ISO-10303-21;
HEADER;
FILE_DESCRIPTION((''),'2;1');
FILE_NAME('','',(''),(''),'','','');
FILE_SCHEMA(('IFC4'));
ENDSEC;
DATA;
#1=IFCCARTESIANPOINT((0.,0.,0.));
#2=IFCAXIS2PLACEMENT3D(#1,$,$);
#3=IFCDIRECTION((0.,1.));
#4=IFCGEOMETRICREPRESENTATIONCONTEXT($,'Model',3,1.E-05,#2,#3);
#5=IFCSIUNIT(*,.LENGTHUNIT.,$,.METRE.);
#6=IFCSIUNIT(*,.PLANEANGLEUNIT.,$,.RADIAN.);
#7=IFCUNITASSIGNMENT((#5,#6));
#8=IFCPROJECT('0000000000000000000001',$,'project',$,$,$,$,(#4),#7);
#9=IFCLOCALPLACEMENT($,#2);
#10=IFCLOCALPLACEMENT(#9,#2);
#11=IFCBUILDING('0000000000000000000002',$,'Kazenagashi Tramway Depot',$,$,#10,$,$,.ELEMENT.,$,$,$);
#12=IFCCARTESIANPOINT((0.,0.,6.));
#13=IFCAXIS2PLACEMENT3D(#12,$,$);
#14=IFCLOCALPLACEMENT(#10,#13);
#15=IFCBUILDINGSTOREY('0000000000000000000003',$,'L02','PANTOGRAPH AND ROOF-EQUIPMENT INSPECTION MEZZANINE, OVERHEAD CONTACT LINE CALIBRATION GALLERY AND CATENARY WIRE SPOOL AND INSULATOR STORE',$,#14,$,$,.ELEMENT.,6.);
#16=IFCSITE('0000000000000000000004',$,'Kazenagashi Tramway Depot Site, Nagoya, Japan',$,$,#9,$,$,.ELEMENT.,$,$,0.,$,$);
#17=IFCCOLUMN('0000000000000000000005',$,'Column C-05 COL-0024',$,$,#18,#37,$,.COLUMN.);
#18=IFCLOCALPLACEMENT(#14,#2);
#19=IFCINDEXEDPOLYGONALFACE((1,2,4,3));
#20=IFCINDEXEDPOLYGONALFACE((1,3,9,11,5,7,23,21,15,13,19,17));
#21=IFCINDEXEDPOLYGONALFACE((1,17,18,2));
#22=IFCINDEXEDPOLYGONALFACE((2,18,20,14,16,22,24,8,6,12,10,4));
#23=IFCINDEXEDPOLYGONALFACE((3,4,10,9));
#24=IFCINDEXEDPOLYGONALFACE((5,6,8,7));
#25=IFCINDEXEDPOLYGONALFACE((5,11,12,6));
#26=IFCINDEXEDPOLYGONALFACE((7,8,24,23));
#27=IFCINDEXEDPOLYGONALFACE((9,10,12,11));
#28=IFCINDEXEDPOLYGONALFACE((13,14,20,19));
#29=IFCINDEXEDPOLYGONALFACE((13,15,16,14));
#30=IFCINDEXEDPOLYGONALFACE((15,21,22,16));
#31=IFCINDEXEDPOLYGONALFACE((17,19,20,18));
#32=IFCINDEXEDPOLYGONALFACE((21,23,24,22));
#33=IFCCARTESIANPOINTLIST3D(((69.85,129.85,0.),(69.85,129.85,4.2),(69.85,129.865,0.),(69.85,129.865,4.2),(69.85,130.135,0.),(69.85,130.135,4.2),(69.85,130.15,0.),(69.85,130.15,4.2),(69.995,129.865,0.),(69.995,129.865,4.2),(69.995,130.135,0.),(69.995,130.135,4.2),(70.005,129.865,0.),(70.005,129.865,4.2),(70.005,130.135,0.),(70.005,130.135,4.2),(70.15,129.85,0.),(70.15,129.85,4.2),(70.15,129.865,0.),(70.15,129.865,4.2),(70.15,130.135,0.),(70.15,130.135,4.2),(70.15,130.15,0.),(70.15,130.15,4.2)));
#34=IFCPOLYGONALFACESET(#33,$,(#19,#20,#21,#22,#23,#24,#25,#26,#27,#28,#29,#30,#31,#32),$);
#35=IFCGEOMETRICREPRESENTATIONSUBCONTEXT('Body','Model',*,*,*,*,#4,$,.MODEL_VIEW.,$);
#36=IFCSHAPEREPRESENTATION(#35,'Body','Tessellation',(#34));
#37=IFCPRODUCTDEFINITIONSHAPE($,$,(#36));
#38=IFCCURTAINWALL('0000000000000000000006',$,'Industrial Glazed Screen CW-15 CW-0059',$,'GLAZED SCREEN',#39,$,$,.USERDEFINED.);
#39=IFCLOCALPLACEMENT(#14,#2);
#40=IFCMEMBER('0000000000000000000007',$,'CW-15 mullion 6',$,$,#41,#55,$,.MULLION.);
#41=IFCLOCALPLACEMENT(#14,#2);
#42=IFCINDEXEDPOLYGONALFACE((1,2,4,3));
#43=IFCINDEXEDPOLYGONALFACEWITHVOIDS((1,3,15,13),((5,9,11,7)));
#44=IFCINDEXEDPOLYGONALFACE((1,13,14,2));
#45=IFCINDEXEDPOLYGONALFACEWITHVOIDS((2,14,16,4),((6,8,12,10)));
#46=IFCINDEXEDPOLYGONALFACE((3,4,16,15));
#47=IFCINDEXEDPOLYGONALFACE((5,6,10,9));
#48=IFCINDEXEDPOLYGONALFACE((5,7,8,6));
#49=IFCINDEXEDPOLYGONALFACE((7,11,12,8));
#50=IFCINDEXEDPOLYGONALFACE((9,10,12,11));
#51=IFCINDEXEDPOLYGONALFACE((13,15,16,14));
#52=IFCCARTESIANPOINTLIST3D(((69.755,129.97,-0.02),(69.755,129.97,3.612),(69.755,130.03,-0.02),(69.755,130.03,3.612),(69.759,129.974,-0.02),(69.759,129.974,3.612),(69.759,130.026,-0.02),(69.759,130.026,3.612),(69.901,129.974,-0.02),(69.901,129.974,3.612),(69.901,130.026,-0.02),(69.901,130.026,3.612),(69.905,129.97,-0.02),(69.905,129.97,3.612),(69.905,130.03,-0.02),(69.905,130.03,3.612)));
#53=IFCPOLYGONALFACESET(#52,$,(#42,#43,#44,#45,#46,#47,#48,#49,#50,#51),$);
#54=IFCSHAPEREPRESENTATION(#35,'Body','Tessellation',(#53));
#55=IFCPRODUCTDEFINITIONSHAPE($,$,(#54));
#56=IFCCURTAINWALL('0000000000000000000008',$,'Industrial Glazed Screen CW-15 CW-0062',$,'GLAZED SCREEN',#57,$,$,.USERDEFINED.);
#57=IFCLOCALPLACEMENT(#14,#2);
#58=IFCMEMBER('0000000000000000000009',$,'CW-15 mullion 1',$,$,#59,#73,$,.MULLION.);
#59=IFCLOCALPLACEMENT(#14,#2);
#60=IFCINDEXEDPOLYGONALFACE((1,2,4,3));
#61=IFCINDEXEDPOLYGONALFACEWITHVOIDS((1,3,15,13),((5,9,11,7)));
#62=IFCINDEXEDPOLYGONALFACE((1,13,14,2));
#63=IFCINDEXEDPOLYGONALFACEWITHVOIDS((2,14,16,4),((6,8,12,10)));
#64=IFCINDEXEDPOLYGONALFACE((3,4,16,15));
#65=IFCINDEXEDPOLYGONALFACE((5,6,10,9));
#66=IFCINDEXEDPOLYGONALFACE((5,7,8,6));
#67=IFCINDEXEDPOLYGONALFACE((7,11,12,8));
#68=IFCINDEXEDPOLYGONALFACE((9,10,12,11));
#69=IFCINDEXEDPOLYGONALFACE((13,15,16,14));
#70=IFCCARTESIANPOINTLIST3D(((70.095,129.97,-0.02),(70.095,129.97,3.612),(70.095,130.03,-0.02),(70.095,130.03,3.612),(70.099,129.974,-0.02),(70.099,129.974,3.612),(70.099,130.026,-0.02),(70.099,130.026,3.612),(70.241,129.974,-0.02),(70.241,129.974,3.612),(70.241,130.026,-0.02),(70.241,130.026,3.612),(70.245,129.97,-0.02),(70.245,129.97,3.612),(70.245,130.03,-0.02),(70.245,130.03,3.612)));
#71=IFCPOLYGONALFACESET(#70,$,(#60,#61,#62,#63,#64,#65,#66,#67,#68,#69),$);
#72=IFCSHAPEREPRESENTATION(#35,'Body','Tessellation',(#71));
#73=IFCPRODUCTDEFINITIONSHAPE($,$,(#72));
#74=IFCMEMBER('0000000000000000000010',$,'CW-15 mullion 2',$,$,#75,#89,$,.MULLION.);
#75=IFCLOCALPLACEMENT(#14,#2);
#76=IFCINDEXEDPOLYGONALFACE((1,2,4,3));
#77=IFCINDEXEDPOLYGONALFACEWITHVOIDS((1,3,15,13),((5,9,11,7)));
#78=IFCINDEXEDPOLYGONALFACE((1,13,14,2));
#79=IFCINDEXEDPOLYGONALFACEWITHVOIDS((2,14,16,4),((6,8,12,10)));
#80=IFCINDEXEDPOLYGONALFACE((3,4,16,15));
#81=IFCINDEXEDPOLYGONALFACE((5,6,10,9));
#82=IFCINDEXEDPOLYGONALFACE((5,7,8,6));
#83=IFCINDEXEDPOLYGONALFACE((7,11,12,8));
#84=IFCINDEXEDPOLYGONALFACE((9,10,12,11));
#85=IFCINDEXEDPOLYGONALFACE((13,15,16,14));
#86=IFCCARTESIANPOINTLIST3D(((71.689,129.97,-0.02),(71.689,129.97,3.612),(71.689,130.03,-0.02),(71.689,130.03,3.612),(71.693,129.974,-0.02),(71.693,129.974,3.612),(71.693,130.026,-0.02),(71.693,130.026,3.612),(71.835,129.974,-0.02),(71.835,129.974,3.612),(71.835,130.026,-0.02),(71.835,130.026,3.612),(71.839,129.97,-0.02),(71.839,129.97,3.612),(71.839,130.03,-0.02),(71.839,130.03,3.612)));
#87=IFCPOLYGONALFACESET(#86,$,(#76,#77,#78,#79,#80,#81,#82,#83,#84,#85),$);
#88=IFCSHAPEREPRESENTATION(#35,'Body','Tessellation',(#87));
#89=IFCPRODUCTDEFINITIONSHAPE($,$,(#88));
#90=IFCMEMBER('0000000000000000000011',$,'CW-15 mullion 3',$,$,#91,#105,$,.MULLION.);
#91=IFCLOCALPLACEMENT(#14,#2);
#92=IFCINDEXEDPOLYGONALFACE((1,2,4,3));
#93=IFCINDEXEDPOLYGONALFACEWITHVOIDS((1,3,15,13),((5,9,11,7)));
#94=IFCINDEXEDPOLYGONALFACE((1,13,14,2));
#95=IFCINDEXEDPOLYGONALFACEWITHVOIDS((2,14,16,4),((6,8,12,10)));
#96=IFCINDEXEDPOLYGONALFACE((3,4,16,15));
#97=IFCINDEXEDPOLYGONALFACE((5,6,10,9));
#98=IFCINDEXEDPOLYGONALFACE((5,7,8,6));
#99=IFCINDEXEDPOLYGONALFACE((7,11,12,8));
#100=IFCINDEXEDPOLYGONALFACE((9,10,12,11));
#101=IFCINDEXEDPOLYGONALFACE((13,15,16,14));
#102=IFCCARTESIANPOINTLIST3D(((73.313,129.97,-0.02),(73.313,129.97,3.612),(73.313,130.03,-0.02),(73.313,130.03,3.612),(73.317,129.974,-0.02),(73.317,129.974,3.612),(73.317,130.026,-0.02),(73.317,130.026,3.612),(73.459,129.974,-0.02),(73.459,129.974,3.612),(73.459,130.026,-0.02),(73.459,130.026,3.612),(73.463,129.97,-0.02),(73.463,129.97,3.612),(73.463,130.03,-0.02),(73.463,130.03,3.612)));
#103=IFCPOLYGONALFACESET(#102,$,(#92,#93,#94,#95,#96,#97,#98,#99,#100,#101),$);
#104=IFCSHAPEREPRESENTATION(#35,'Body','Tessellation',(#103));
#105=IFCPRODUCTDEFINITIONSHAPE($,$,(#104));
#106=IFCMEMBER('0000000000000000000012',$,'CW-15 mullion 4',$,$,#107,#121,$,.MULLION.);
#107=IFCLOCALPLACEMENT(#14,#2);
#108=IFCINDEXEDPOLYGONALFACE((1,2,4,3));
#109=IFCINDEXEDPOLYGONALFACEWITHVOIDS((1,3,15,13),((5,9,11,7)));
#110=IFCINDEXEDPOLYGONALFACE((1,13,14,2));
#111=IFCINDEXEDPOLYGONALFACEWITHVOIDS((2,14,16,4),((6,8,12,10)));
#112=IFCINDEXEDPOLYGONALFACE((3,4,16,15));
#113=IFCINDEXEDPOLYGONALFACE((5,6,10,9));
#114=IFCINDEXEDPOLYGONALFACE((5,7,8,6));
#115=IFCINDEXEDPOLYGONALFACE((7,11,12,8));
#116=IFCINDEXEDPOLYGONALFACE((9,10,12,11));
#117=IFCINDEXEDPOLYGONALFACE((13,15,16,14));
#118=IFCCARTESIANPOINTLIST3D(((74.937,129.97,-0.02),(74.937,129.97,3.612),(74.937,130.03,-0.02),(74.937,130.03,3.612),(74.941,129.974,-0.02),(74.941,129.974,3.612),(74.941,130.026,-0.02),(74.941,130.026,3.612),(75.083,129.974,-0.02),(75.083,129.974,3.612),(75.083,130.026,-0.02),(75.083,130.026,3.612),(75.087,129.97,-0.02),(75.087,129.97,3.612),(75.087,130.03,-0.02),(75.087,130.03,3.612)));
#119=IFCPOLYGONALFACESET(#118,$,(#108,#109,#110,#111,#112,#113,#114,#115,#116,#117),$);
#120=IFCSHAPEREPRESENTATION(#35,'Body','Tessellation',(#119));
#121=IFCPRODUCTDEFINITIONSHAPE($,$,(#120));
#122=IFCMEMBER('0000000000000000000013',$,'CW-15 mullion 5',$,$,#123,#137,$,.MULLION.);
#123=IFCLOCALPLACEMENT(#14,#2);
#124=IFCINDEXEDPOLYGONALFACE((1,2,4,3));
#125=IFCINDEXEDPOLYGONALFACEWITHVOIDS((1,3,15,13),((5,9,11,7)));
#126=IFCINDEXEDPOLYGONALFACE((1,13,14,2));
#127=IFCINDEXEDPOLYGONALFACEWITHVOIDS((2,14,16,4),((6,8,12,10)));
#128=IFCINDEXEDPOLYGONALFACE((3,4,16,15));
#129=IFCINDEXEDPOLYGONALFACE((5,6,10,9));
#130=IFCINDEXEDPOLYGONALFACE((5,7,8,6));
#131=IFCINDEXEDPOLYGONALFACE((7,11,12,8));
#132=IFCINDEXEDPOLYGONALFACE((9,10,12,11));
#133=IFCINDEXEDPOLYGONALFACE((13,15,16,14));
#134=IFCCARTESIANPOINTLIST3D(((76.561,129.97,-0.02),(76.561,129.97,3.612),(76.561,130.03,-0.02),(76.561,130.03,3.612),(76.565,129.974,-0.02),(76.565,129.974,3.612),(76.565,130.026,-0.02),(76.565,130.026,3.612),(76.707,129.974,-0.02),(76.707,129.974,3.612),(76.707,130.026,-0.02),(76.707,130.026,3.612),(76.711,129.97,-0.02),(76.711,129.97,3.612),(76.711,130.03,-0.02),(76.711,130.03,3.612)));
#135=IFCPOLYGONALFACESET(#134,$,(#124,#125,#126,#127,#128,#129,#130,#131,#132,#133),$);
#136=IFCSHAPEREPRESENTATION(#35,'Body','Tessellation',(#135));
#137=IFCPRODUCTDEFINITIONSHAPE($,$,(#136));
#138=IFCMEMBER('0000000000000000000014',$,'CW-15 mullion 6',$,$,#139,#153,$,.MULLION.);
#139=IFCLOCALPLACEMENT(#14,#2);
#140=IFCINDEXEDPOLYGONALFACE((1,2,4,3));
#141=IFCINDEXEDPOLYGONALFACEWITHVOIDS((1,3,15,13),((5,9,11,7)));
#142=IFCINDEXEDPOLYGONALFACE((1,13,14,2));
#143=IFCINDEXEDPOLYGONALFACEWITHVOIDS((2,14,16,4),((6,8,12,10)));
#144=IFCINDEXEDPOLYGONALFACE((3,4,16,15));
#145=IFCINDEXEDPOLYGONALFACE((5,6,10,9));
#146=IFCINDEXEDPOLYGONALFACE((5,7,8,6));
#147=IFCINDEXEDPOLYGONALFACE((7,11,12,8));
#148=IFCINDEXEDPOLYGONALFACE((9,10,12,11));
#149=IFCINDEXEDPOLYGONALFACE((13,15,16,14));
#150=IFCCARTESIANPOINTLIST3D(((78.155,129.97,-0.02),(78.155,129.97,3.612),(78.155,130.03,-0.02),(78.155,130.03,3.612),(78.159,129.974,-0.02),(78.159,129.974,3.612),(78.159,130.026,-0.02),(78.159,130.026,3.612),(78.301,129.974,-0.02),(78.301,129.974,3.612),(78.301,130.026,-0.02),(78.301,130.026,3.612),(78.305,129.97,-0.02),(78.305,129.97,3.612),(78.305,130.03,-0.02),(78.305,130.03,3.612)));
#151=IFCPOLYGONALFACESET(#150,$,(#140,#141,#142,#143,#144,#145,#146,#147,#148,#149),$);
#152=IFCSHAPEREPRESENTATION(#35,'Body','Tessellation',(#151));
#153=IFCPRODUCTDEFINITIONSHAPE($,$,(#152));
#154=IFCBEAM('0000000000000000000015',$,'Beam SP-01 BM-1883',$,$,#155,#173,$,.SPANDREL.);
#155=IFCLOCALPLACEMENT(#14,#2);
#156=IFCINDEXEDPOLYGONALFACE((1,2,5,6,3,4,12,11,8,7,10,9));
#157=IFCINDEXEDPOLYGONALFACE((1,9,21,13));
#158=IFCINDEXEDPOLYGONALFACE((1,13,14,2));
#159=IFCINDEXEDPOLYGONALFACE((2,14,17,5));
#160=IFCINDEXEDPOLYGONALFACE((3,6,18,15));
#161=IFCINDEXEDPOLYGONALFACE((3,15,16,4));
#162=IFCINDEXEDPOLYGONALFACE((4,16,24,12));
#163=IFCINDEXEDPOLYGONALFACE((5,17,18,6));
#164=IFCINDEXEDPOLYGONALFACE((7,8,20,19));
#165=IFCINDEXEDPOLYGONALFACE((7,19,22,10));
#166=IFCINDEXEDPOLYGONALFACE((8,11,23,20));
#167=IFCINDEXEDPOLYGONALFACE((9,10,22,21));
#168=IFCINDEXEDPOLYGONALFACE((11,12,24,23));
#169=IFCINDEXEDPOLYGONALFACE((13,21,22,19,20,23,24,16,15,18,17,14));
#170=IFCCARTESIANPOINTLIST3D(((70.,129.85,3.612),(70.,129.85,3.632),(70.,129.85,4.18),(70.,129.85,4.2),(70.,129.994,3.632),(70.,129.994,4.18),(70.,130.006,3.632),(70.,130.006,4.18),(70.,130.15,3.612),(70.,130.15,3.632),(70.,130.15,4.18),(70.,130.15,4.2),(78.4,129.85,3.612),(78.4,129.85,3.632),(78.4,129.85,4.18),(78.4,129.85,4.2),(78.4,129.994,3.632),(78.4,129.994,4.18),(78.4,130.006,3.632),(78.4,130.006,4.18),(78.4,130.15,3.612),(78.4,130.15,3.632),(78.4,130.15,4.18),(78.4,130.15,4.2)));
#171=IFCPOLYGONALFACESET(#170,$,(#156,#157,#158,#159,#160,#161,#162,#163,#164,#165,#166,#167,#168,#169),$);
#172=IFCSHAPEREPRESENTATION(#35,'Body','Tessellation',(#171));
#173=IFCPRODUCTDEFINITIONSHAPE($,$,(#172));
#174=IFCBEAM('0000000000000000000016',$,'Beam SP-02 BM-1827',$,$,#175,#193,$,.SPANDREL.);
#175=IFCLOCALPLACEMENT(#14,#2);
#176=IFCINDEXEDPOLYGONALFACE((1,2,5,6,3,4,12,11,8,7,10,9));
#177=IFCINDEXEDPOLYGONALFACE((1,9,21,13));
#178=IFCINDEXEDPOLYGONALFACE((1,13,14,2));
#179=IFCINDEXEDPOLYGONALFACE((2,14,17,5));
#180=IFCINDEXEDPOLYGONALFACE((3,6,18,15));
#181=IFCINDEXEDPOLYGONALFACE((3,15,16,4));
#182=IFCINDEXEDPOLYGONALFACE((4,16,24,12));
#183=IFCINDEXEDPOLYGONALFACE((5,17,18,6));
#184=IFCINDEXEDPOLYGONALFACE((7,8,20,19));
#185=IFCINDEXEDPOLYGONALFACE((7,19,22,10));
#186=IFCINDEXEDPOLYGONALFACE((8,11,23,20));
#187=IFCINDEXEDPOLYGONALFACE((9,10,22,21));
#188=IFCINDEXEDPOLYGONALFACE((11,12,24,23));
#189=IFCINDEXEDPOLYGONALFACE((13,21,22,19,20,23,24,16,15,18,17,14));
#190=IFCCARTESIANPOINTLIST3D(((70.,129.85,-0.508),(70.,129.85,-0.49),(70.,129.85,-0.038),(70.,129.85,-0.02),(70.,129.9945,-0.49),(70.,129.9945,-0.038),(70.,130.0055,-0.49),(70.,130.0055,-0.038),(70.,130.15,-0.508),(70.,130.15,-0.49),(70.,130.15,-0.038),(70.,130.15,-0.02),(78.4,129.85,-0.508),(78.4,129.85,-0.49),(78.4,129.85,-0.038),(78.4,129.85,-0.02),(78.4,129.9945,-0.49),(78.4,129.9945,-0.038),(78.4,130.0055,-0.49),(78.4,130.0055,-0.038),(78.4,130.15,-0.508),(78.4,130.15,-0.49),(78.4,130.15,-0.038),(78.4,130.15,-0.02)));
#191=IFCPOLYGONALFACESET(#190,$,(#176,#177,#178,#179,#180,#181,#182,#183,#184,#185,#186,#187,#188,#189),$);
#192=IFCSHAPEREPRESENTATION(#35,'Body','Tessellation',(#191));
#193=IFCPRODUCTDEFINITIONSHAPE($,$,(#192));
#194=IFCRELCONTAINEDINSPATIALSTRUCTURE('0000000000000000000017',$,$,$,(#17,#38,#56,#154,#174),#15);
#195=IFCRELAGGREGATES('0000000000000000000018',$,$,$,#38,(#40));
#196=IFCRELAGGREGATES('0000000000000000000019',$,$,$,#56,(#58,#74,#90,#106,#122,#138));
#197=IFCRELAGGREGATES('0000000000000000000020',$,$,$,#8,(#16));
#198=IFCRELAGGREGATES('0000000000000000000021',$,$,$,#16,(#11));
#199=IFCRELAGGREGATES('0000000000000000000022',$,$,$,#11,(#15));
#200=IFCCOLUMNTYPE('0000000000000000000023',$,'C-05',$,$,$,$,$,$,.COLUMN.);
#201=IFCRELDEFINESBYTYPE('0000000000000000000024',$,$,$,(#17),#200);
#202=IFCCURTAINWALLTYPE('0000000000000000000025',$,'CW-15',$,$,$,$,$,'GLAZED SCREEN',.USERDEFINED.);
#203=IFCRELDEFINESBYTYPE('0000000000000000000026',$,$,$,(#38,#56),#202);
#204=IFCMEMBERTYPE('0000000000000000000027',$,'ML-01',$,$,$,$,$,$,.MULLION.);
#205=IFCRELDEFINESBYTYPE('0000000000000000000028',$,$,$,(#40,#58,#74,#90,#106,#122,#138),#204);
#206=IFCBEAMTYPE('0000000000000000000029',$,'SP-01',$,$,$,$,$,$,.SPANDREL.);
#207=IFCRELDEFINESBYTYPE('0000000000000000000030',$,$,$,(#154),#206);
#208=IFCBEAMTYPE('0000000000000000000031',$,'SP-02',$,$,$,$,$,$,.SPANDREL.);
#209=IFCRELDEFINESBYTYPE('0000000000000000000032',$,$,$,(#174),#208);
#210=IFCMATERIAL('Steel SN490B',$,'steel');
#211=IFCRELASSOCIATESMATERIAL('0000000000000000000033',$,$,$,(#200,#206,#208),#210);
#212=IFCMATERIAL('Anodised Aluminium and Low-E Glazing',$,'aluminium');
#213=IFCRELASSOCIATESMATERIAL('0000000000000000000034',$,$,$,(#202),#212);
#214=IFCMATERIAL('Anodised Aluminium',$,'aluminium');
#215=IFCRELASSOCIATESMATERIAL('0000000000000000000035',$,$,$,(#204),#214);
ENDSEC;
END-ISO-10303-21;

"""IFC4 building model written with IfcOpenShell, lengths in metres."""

from ifc_helpers import new_model, si_unit, direction, frame, origin, origin_2d, place, context, subcontext, project, spatial, hollow_rectangle, i_section, extrude, material, material_profile, profile_set, type_object, element, aggregate, save


model = new_model("IFC4")

# Units and contexts
model_context = context("Model", 3, precision=1e-05, world=origin(), true_north=direction((0.0, 1.0)))
body_context = subcontext(model_context, "Body", "Model", "MODEL_VIEW")
ifc_project = project(units=[si_unit("LENGTHUNIT", "METRE"), si_unit("PLANEANGLEUNIT", "RADIAN")], contexts=[model_context])

# Site, building, storey
site_placement = place(None, origin())
site = spatial("IfcSite", under=ifc_project, at=site_placement, Name="Kazenagashi Tramway Depot Site, Nagoya, Japan", CompositionType="ELEMENT", RefElevation=0.0)
building_placement = place(site_placement, origin())
building = spatial("IfcBuilding", under=site, at=building_placement, Name="Kazenagashi Tramway Depot", CompositionType="ELEMENT")
storey_placement = place(building_placement, frame((0.0, 0.0, 6.0)))
storey = spatial("IfcBuildingStorey", under=building, at=storey_placement, Name="L02", Description="PANTOGRAPH AND ROOF-EQUIPMENT INSPECTION MEZZANINE, OVERHEAD CONTACT LINE CALIBRATION GALLERY AND CATENARY WIRE SPOOL AND INSULATOR STORE", CompositionType="ELEMENT", Elevation=6.0)

# Column
ifc_material_1 = material(Name="Steel SN490B", Category="steel")
ifc_material_profile_1 = material_profile(ifc_material_1, i_section(OverallWidth=0.3, OverallDepth=0.3, WebThickness=0.01, FlangeThickness=0.015, at=origin_2d()), Name="H-300x300x10x15")
ifc_profile_set_1 = profile_set([ifc_material_profile_1], Name="Steel SN490B")
column_type = type_object("IfcColumnType", Name="C-05", PredefinedType="COLUMN", material=ifc_profile_set_1)
column_placement = place(storey_placement, frame((70.0, 130.0, 0.0), z_axis=(0.0, 0.0, 1.0), x_axis=(1.0, 0.0, 0.0)))
element("IfcColumn", 1, at=column_placement, inside=storey, type_object=column_type, Name="Column C-05 COL-0024", PredefinedType="COLUMN", context=body_context, shape_type="SweptSolid", body=[
    extrude(i_section(OverallWidth=0.3, OverallDepth=0.3, WebThickness=0.01, FlangeThickness=0.015, at=origin_2d()), origin(), (0.0, 0.0, 1.0), 4.2),
])

# Curtain wall, member
ifc_material_2 = material(Name="Anodised Aluminium and Low-E Glazing", Category="aluminium")
curtain_wall_type = type_object("IfcCurtainWallType", Name="CW-15", ElementType="GLAZED SCREEN", PredefinedType="USERDEFINED", material=ifc_material_2)
curtain_wall_1_placement = place(storey_placement, origin())
curtain_wall_1 = element("IfcCurtainWall", 2, at=curtain_wall_1_placement, inside=storey, type_object=curtain_wall_type, Name="Industrial Glazed Screen CW-15 CW-0059", ObjectType="GLAZED SCREEN", PredefinedType="USERDEFINED")
ifc_material_3 = material(Name="Anodised Aluminium", Category="aluminium")
ifc_material_profile_2 = material_profile(ifc_material_3, hollow_rectangle(XDim=0.06, YDim=0.15, WallThickness=0.004, at=origin_2d()), Name="RHS-150x60x4")
ifc_profile_set_2 = profile_set([ifc_material_profile_2], Name="Anodised Aluminium")
member_type_1 = type_object("IfcMemberType", Name="ML-01", PredefinedType="MULLION", material=ifc_profile_set_2)
member_1_placement = place(storey_placement, frame((69.83, 130.0, -0.02), z_axis=(0.0, 0.0, 1.0), x_axis=(0.0, 1.0, 0.0)))
member_1 = element("IfcMember", 3, at=member_1_placement, type_object=member_type_1, Name="CW-15 mullion 6", PredefinedType="MULLION", context=body_context, shape_type="SweptSolid", body=[
    extrude(hollow_rectangle(XDim=0.06, YDim=0.15, WallThickness=0.004, at=origin_2d()), origin(), (0.0, 0.0, 1.0), 3.632),
])
aggregate(curtain_wall_1, [member_1])

# Curtain wall, members
curtain_wall_2_placement = place(storey_placement, origin())
curtain_wall_2 = element("IfcCurtainWall", 4, at=curtain_wall_2_placement, inside=storey, type_object=curtain_wall_type, Name="Industrial Glazed Screen CW-15 CW-0062", ObjectType="GLAZED SCREEN", PredefinedType="USERDEFINED")
member_2_placement = place(storey_placement, frame((70.17, 130.0, -0.02), z_axis=(0.0, 0.0, 1.0), x_axis=(0.0, 1.0, 0.0)))
member_2 = element("IfcMember", 5, at=member_2_placement, type_object=member_type_1, Name="CW-15 mullion 1", PredefinedType="MULLION", context=body_context, shape_type="SweptSolid", body=[
    extrude(hollow_rectangle(XDim=0.06, YDim=0.15, WallThickness=0.004, at=origin_2d()), origin(), (0.0, 0.0, 1.0), 3.632),
])
member_3_placement = place(storey_placement, frame((71.764, 130.0, -0.02), z_axis=(0.0, 0.0, 1.0), x_axis=(0.0, 1.0, 0.0)))
member_3 = element("IfcMember", 6, at=member_3_placement, type_object=member_type_1, Name="CW-15 mullion 2", PredefinedType="MULLION", context=body_context, shape_type="SweptSolid", body=[
    extrude(hollow_rectangle(XDim=0.06, YDim=0.15, WallThickness=0.004, at=origin_2d()), origin(), (0.0, 0.0, 1.0), 3.632),
])
member_4_placement = place(storey_placement, frame((73.388, 130.0, -0.02), z_axis=(0.0, 0.0, 1.0), x_axis=(0.0, 1.0, 0.0)))
member_4 = element("IfcMember", 7, at=member_4_placement, type_object=member_type_1, Name="CW-15 mullion 3", PredefinedType="MULLION", context=body_context, shape_type="SweptSolid", body=[
    extrude(hollow_rectangle(XDim=0.06, YDim=0.15, WallThickness=0.004, at=origin_2d()), origin(), (0.0, 0.0, 1.0), 3.632),
])
member_5_placement = place(storey_placement, frame((75.012, 130.0, -0.02), z_axis=(0.0, 0.0, 1.0), x_axis=(0.0, 1.0, 0.0)))
member_5 = element("IfcMember", 8, at=member_5_placement, type_object=member_type_1, Name="CW-15 mullion 4", PredefinedType="MULLION", context=body_context, shape_type="SweptSolid", body=[
    extrude(hollow_rectangle(XDim=0.06, YDim=0.15, WallThickness=0.004, at=origin_2d()), origin(), (0.0, 0.0, 1.0), 3.632),
])
member_6_placement = place(storey_placement, frame((76.636, 130.0, -0.02), z_axis=(0.0, 0.0, 1.0), x_axis=(0.0, 1.0, 0.0)))
member_6 = element("IfcMember", 9, at=member_6_placement, type_object=member_type_1, Name="CW-15 mullion 5", PredefinedType="MULLION", context=body_context, shape_type="SweptSolid", body=[
    extrude(hollow_rectangle(XDim=0.06, YDim=0.15, WallThickness=0.004, at=origin_2d()), origin(), (0.0, 0.0, 1.0), 3.632),
])
member_7_placement = place(storey_placement, frame((78.23, 130.0, -0.02), z_axis=(0.0, 0.0, 1.0), x_axis=(0.0, 1.0, 0.0)))
member_7 = element("IfcMember", 10, at=member_7_placement, type_object=member_type_1, Name="CW-15 mullion 6", PredefinedType="MULLION", context=body_context, shape_type="SweptSolid", body=[
    extrude(hollow_rectangle(XDim=0.06, YDim=0.15, WallThickness=0.004, at=origin_2d()), origin(), (0.0, 0.0, 1.0), 3.632),
])

# Beams
ifc_material_profile_3 = material_profile(ifc_material_1, i_section(OverallWidth=0.3, OverallDepth=0.588, WebThickness=0.012, FlangeThickness=0.02, at=origin_2d()), Name="H-588x300x12x20")
ifc_profile_set_3 = profile_set([ifc_material_profile_3], Name="Steel SN490B")
beam_type_1 = type_object("IfcBeamType", Name="SP-01", PredefinedType="SPANDREL", material=ifc_profile_set_3)
beam_1_placement = place(storey_placement, frame((70.0, 130.0, 3.906), z_axis=(1.0, 0.0, 0.0), x_axis=(0.0, 1.0, 0.0)))
element("IfcBeam", 11, at=beam_1_placement, inside=storey, type_object=beam_type_1, Name="Beam SP-01 BM-1883", PredefinedType="SPANDREL", context=body_context, shape_type="SweptSolid", body=[
    extrude(i_section(OverallWidth=0.3, OverallDepth=0.588, WebThickness=0.012, FlangeThickness=0.02, at=origin_2d()), origin(), (0.0, 0.0, 1.0), 8.4),
])
ifc_material_profile_4 = material_profile(ifc_material_1, i_section(OverallWidth=0.3, OverallDepth=0.488, WebThickness=0.011, FlangeThickness=0.018, at=origin_2d()), Name="H-488x300x11x18")
ifc_profile_set_4 = profile_set([ifc_material_profile_4], Name="Steel SN490B")
beam_type_2 = type_object("IfcBeamType", Name="SP-02", PredefinedType="SPANDREL", material=ifc_profile_set_4)
beam_2_placement = place(storey_placement, frame((70.0, 130.0, -0.264), z_axis=(1.0, 0.0, 0.0), x_axis=(0.0, 1.0, 0.0)))
element("IfcBeam", 12, at=beam_2_placement, inside=storey, type_object=beam_type_2, Name="Beam SP-02 BM-1827", PredefinedType="SPANDREL", context=body_context, shape_type="SweptSolid", body=[
    extrude(i_section(OverallWidth=0.3, OverallDepth=0.488, WebThickness=0.011, FlangeThickness=0.018, at=origin_2d()), origin(), (0.0, 0.0, 1.0), 8.4),
])

aggregate(curtain_wall_2, [member_2, member_3, member_4, member_5, member_6, member_7])

save(model, "model.ifc")
